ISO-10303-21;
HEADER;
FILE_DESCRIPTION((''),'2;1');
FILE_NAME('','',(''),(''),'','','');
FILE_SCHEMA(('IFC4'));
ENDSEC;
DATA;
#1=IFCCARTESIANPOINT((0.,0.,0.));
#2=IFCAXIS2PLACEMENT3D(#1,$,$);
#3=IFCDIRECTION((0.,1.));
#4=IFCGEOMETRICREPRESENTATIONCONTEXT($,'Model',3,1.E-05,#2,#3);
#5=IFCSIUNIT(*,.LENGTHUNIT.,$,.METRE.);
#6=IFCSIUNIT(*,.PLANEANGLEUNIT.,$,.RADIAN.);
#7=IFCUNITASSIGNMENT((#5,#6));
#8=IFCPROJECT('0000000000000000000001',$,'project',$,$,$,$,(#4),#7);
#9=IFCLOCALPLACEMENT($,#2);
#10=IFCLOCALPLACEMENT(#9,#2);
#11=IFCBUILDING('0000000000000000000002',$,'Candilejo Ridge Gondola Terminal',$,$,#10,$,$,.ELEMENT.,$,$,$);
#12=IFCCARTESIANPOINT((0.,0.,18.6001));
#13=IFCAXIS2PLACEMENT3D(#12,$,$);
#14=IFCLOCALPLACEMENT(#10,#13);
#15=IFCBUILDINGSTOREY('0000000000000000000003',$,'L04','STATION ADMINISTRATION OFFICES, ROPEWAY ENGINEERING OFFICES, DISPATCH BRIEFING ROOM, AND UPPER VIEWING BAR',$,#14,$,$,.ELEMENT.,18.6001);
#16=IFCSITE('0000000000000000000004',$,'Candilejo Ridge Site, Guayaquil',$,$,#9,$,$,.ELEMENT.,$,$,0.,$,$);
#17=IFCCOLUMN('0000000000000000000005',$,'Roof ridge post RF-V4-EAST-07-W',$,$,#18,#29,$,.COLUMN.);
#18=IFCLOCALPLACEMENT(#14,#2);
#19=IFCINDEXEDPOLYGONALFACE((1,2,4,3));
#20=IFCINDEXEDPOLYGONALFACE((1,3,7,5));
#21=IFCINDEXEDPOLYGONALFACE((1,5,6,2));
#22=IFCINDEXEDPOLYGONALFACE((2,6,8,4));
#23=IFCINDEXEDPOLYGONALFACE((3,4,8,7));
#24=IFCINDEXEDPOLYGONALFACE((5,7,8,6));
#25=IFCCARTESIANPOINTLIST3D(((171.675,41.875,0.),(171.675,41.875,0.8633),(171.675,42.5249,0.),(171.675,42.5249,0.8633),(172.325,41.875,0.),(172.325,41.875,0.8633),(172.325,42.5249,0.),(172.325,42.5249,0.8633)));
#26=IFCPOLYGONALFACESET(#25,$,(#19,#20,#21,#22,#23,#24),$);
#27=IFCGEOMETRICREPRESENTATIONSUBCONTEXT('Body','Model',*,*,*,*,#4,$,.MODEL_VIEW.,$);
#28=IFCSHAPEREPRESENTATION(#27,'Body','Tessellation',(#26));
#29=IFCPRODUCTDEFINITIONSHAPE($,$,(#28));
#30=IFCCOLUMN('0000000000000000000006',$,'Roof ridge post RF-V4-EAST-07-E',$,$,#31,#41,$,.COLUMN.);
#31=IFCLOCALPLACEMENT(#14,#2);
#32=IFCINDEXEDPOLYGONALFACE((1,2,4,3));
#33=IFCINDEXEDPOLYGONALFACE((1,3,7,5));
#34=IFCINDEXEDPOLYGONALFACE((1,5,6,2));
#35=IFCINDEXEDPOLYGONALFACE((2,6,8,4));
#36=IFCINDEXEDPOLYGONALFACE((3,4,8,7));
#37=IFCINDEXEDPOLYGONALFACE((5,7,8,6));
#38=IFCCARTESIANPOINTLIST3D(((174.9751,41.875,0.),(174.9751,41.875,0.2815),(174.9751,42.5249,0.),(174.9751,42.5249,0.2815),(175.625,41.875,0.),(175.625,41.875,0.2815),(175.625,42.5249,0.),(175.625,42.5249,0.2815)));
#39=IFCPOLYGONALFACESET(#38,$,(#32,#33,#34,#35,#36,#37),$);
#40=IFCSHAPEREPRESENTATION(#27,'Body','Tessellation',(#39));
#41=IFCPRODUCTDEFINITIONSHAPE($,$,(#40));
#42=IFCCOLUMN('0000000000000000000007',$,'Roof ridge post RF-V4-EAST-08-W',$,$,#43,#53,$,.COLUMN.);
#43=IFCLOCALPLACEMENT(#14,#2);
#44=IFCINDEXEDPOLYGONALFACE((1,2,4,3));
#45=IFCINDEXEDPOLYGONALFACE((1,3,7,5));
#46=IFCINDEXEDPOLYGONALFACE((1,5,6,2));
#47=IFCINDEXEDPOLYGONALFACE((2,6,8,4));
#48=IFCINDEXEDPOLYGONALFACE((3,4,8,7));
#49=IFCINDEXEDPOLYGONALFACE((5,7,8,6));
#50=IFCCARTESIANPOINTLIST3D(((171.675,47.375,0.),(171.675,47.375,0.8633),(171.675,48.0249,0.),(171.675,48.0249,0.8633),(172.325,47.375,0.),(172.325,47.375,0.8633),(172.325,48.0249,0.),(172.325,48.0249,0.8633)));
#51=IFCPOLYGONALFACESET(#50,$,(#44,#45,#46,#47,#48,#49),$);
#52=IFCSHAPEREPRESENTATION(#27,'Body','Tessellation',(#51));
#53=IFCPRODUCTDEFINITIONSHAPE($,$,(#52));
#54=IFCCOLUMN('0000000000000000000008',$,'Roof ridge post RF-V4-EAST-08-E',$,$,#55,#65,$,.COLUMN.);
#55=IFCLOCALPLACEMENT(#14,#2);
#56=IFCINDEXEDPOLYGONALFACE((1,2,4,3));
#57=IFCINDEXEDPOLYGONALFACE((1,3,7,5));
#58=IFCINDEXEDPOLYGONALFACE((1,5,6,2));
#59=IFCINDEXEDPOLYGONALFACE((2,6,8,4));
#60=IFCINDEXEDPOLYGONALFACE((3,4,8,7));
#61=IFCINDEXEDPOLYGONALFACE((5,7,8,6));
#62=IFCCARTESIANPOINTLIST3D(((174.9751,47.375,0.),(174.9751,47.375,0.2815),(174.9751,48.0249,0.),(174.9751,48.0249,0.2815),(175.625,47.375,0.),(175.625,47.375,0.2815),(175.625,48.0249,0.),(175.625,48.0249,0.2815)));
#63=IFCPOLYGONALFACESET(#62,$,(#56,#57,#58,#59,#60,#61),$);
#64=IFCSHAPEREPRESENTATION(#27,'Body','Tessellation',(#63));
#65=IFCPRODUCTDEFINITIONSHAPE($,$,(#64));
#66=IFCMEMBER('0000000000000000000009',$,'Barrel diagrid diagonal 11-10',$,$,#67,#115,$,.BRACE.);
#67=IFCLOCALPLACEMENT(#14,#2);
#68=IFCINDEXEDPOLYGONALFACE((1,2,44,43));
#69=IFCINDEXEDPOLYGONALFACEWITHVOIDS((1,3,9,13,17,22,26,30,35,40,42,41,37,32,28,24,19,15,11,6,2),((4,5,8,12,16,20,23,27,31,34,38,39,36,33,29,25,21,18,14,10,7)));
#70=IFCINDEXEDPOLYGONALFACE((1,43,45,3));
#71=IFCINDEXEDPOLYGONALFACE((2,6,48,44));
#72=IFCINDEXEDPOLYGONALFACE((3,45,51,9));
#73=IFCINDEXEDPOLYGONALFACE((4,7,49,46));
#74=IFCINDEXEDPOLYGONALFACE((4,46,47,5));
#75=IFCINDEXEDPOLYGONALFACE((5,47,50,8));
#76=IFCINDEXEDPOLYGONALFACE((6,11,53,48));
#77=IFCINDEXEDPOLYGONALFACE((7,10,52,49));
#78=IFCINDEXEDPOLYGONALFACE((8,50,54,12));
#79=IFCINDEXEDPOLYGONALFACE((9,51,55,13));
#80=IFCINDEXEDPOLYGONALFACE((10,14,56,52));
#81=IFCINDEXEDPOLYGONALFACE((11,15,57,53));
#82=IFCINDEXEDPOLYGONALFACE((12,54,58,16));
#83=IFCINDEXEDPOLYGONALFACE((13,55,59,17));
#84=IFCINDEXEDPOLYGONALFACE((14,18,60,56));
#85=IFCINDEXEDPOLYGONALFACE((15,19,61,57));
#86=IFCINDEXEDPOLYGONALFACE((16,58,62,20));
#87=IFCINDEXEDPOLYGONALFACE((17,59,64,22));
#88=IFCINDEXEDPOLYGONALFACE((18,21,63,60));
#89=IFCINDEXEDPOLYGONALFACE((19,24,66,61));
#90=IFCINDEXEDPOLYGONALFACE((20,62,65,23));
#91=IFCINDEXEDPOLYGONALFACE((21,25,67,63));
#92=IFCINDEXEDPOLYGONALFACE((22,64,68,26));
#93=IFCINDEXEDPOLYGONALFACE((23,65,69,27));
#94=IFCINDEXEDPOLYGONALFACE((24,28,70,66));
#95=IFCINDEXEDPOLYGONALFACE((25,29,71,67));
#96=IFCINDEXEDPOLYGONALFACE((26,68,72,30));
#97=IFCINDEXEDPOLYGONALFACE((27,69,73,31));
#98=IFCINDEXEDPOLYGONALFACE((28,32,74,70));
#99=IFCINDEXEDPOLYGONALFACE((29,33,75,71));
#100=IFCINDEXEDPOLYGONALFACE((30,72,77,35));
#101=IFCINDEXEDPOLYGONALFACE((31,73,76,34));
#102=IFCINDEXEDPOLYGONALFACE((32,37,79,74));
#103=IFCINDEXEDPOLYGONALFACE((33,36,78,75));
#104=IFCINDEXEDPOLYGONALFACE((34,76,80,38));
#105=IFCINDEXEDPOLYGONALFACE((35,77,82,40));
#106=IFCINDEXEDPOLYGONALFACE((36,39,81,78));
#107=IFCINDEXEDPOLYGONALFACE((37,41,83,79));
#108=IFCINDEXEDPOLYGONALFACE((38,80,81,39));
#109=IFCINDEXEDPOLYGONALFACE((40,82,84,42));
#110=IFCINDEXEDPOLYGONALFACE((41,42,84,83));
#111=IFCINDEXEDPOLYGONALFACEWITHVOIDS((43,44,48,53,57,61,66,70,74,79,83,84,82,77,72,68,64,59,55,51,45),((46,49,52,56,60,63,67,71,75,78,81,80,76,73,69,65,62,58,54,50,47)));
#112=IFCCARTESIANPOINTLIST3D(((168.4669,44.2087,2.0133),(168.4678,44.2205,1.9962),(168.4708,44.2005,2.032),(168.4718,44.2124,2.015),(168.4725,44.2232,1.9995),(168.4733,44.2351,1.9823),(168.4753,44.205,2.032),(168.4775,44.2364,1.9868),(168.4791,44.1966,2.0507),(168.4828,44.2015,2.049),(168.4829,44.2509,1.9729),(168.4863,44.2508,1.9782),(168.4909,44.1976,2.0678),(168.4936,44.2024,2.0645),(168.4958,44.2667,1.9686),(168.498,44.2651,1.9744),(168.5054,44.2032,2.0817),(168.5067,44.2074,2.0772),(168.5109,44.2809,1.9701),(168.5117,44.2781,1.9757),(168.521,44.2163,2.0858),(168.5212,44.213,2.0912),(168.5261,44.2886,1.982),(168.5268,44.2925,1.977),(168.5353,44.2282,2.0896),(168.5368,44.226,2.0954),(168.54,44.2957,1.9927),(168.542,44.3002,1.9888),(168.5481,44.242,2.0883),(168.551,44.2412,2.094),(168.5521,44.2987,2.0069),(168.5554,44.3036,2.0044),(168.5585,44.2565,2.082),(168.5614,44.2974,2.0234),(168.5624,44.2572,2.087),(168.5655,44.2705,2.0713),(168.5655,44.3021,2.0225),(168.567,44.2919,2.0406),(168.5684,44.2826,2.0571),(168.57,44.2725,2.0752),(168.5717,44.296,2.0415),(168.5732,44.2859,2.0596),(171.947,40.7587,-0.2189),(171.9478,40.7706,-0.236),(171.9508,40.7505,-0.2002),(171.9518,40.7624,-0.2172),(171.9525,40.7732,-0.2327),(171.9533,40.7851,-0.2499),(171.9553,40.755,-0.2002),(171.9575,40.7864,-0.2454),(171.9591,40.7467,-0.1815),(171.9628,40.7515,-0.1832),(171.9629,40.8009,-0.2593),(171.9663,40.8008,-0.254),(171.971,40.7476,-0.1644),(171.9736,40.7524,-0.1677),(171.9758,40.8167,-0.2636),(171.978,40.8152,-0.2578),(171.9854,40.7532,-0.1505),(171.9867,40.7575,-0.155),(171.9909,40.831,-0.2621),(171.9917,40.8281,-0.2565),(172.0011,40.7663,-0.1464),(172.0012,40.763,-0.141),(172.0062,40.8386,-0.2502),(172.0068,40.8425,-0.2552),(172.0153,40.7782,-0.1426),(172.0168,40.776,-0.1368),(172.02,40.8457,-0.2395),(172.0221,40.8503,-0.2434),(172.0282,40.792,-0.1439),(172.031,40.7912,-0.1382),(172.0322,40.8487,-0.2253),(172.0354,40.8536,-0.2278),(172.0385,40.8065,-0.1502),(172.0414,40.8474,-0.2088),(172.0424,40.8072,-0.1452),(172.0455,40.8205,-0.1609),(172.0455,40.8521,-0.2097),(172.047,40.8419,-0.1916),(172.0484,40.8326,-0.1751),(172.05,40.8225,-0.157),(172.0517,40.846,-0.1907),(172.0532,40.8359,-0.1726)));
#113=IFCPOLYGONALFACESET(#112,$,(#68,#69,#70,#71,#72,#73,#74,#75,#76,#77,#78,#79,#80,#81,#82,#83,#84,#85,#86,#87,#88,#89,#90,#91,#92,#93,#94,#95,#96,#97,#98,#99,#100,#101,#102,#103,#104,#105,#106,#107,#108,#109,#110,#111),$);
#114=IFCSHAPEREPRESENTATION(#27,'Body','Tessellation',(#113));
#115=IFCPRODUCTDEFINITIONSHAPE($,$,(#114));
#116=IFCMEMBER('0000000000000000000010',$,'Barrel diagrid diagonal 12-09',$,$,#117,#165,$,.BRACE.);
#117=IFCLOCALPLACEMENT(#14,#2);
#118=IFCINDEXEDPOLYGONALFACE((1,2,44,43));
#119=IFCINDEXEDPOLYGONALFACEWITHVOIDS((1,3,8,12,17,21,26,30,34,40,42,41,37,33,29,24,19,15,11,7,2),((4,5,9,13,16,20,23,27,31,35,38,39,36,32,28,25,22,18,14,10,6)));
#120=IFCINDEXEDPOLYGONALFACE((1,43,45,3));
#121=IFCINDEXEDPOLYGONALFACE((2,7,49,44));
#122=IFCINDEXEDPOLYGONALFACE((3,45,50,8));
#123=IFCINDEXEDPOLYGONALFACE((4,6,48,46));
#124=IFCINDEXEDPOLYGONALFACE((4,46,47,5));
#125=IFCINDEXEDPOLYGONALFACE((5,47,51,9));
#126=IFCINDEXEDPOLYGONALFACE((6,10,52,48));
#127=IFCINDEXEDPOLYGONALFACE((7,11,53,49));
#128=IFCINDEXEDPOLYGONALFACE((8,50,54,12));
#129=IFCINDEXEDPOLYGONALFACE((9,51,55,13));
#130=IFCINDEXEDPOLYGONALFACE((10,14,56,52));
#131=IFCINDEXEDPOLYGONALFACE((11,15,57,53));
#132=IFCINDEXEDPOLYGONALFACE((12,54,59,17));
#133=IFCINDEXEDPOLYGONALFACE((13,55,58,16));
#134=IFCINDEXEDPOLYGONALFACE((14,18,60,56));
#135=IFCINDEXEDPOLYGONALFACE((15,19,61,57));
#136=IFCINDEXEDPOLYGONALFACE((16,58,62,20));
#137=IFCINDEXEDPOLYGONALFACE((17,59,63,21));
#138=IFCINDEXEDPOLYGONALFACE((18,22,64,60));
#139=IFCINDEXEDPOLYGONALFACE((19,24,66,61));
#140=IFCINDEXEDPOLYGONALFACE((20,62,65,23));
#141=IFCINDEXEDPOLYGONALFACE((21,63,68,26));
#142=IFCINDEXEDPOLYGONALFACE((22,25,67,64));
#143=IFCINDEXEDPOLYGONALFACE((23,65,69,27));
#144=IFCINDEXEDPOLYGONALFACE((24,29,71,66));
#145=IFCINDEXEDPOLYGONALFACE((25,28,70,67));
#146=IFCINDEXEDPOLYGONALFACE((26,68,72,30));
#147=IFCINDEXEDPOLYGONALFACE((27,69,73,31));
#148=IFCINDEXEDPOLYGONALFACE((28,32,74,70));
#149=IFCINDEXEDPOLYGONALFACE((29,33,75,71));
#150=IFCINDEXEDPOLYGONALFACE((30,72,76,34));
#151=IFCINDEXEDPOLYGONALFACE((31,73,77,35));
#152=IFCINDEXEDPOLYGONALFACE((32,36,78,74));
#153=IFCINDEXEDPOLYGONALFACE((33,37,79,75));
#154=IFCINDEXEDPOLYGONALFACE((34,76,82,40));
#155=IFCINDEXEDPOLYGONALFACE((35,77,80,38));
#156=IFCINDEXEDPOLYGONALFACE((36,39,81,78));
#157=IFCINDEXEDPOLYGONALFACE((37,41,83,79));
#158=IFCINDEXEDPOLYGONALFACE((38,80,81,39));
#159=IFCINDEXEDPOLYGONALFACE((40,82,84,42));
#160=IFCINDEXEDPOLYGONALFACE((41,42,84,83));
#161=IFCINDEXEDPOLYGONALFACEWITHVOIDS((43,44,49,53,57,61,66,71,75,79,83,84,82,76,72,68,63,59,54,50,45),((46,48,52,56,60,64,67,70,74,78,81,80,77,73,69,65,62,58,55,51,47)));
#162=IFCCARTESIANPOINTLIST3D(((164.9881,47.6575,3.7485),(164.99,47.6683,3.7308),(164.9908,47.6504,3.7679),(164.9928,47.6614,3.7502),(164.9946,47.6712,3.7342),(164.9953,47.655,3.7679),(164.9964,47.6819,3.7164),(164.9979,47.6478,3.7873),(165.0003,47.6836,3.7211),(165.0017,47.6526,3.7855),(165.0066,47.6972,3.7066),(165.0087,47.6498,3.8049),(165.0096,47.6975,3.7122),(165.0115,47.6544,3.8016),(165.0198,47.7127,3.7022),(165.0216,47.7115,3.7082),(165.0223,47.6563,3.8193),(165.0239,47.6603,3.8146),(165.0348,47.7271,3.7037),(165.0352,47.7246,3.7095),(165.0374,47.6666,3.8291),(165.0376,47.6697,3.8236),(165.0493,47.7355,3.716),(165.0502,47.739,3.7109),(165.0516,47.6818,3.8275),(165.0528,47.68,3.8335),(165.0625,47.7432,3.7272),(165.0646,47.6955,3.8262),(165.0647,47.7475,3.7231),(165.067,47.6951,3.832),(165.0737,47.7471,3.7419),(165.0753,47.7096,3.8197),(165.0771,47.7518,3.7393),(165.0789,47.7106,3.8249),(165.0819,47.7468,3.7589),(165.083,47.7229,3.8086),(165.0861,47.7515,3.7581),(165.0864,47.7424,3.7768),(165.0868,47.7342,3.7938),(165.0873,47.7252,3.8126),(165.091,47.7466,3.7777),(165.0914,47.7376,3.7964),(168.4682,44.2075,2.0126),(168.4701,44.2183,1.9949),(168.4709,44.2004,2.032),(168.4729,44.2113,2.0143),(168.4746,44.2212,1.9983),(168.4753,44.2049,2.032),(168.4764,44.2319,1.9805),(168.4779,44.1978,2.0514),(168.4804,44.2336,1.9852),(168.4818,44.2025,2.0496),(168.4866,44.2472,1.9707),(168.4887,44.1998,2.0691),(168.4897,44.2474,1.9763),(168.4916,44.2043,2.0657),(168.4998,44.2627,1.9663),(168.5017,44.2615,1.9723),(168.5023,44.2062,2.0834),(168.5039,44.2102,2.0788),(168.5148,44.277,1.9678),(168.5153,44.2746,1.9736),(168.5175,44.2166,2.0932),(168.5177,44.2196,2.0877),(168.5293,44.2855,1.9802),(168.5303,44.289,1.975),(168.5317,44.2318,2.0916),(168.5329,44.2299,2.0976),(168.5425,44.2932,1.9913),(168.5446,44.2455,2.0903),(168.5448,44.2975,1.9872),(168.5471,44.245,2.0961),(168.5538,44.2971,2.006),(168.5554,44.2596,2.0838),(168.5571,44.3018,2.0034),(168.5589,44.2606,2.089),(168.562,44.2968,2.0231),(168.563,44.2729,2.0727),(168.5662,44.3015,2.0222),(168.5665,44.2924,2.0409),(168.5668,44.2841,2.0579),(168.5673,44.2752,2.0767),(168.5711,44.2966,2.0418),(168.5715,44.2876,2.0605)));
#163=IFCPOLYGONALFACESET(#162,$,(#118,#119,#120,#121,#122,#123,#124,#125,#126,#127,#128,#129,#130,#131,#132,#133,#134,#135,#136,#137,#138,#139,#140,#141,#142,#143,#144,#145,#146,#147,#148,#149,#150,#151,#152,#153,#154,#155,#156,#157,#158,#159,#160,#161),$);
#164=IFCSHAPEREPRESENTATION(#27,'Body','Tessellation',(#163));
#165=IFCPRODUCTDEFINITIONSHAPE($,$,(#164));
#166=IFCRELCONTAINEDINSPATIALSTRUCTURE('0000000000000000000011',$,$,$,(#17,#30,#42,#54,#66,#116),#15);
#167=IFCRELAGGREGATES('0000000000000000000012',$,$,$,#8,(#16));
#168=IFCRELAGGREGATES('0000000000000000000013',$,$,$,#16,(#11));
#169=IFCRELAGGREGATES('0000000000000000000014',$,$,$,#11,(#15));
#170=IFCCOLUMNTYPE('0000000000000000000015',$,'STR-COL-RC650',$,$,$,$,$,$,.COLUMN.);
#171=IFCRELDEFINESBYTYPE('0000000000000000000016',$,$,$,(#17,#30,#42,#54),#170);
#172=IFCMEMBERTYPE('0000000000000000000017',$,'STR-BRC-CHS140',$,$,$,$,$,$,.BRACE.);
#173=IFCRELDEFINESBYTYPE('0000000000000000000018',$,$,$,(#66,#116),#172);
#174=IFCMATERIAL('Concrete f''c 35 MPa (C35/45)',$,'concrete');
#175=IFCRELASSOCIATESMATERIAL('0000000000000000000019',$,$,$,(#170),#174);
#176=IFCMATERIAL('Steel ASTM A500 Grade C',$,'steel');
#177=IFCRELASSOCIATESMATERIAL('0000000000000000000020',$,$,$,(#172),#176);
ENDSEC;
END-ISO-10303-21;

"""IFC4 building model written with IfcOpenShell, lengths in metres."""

from ifc_helpers import new_model, si_unit, direction, frame, origin, origin_2d, place, context, subcontext, project, spatial, rectangle, hollow_circle, extrude, material, material_profile, profile_set, type_object, element, save


model = new_model("IFC4")

# Units and contexts
model_context = context("Model", 3, precision=1e-05, world=origin(), true_north=direction((0.0, 1.0)))
body_context = subcontext(model_context, "Body", "Model", "MODEL_VIEW")
ifc_project = project(units=[si_unit("LENGTHUNIT", "METRE"), si_unit("PLANEANGLEUNIT", "RADIAN")], contexts=[model_context])

# Site, building, storey
site_placement = place(None, origin())
site = spatial("IfcSite", under=ifc_project, at=site_placement, Name="Candilejo Ridge Site, Guayaquil", CompositionType="ELEMENT", RefElevation=0.0)
building_placement = place(site_placement, origin())
building = spatial("IfcBuilding", under=site, at=building_placement, Name="Candilejo Ridge Gondola Terminal", CompositionType="ELEMENT")
storey_placement = place(building_placement, frame((0.0, 0.0, 18.6001)))
storey = spatial("IfcBuildingStorey", under=building, at=storey_placement, Name="L04", Description="STATION ADMINISTRATION OFFICES, ROPEWAY ENGINEERING OFFICES, DISPATCH BRIEFING ROOM, AND UPPER VIEWING BAR", CompositionType="ELEMENT", Elevation=18.6001)

# Columns
ifc_material_1 = material(Name="Concrete f'c 35 MPa (C35/45)", Category="concrete")
ifc_material_profile_1 = material_profile(ifc_material_1, rectangle(XDim=0.6499, YDim=0.6499, at=origin_2d()))
ifc_profile_set_1 = profile_set([ifc_material_profile_1], Name="Concrete f'c 35 MPa (C35/45)")
column_type = type_object("IfcColumnType", Name="STR-COL-RC650", PredefinedType="COLUMN", material=ifc_profile_set_1)
column_1_placement = place(storey_placement, frame((172.0, 42.2, 0.0), z_axis=(0.0, 0.0, 1.0), x_axis=(1.0, 0.0, 0.0)))
element("IfcColumn", 1, at=column_1_placement, inside=storey, type_object=column_type, Name="Roof ridge post RF-V4-EAST-07-W", PredefinedType="COLUMN", context=body_context, shape_type="SweptSolid", body=[
    extrude(rectangle(XDim=0.6499, YDim=0.6499, at=origin_2d()), origin(), (0.0, 0.0, 1.0), 0.8633),
])
column_2_placement = place(storey_placement, frame((175.3, 42.2, 0.0), z_axis=(0.0, 0.0, 1.0), x_axis=(1.0, 0.0, 0.0)))
element("IfcColumn", 2, at=column_2_placement, inside=storey, type_object=column_type, Name="Roof ridge post RF-V4-EAST-07-E", PredefinedType="COLUMN", context=body_context, shape_type="SweptSolid", body=[
    extrude(rectangle(XDim=0.6499, YDim=0.6499, at=origin_2d()), origin(), (0.0, 0.0, 1.0), 0.2815),
])
column_3_placement = place(storey_placement, frame((172.0, 47.7, 0.0), z_axis=(0.0, 0.0, 1.0), x_axis=(1.0, 0.0, 0.0)))
element("IfcColumn", 3, at=column_3_placement, inside=storey, type_object=column_type, Name="Roof ridge post RF-V4-EAST-08-W", PredefinedType="COLUMN", context=body_context, shape_type="SweptSolid", body=[
    extrude(rectangle(XDim=0.6499, YDim=0.6499, at=origin_2d()), origin(), (0.0, 0.0, 1.0), 0.8633),
])
column_4_placement = place(storey_placement, frame((175.3, 47.7, 0.0), z_axis=(0.0, 0.0, 1.0), x_axis=(1.0, 0.0, 0.0)))
element("IfcColumn", 4, at=column_4_placement, inside=storey, type_object=column_type, Name="Roof ridge post RF-V4-EAST-08-E", PredefinedType="COLUMN", context=body_context, shape_type="SweptSolid", body=[
    extrude(rectangle(XDim=0.6499, YDim=0.6499, at=origin_2d()), origin(), (0.0, 0.0, 1.0), 0.2815),
])

# Members
ifc_material_2 = material(Name="Steel ASTM A500 Grade C", Category="steel")
ifc_material_profile_2 = material_profile(ifc_material_2, hollow_circle(Radius=0.0698, WallThickness=0.0063, at=origin_2d()))
ifc_profile_set_2 = profile_set([ifc_material_profile_2], Name="Steel ASTM A500 Grade C")
member_type_1 = type_object("IfcMemberType", Name="STR-BRC-CHS140", PredefinedType="BRACE", material=ifc_profile_set_2)
member_1_placement = place(storey_placement, frame((172.0, 40.8, -0.2002), z_axis=(-0.646271, 0.640695, 0.41454), x_axis=(-0.704036, -0.710164, 0.0)))
element("IfcMember", 5, at=member_1_placement, inside=storey, type_object=member_type_1, Name="Barrel diagrid diagonal 11-10", PredefinedType="BRACE", context=body_context, shape_type="SweptSolid", body=[
    extrude(hollow_circle(Radius=0.0698, WallThickness=0.0063, at=origin_2d()), origin(), (0.0, 0.0, 1.0), 5.3848),
])
member_2_placement = place(storey_placement, frame((168.52, 44.25, 2.032), z_axis=(-0.669406, 0.663629, 0.333904), x_axis=(-0.704036, -0.710164, 0.0)))
element("IfcMember", 6, at=member_2_placement, inside=storey, type_object=member_type_1, Name="Barrel diagrid diagonal 12-09", PredefinedType="BRACE", context=body_context, shape_type="SweptSolid", body=[
    extrude(hollow_circle(Radius=0.0698, WallThickness=0.0063, at=origin_2d()), origin(), (0.0, 0.0, 1.0), 5.1987),
])

save(model, "model.ifc")
